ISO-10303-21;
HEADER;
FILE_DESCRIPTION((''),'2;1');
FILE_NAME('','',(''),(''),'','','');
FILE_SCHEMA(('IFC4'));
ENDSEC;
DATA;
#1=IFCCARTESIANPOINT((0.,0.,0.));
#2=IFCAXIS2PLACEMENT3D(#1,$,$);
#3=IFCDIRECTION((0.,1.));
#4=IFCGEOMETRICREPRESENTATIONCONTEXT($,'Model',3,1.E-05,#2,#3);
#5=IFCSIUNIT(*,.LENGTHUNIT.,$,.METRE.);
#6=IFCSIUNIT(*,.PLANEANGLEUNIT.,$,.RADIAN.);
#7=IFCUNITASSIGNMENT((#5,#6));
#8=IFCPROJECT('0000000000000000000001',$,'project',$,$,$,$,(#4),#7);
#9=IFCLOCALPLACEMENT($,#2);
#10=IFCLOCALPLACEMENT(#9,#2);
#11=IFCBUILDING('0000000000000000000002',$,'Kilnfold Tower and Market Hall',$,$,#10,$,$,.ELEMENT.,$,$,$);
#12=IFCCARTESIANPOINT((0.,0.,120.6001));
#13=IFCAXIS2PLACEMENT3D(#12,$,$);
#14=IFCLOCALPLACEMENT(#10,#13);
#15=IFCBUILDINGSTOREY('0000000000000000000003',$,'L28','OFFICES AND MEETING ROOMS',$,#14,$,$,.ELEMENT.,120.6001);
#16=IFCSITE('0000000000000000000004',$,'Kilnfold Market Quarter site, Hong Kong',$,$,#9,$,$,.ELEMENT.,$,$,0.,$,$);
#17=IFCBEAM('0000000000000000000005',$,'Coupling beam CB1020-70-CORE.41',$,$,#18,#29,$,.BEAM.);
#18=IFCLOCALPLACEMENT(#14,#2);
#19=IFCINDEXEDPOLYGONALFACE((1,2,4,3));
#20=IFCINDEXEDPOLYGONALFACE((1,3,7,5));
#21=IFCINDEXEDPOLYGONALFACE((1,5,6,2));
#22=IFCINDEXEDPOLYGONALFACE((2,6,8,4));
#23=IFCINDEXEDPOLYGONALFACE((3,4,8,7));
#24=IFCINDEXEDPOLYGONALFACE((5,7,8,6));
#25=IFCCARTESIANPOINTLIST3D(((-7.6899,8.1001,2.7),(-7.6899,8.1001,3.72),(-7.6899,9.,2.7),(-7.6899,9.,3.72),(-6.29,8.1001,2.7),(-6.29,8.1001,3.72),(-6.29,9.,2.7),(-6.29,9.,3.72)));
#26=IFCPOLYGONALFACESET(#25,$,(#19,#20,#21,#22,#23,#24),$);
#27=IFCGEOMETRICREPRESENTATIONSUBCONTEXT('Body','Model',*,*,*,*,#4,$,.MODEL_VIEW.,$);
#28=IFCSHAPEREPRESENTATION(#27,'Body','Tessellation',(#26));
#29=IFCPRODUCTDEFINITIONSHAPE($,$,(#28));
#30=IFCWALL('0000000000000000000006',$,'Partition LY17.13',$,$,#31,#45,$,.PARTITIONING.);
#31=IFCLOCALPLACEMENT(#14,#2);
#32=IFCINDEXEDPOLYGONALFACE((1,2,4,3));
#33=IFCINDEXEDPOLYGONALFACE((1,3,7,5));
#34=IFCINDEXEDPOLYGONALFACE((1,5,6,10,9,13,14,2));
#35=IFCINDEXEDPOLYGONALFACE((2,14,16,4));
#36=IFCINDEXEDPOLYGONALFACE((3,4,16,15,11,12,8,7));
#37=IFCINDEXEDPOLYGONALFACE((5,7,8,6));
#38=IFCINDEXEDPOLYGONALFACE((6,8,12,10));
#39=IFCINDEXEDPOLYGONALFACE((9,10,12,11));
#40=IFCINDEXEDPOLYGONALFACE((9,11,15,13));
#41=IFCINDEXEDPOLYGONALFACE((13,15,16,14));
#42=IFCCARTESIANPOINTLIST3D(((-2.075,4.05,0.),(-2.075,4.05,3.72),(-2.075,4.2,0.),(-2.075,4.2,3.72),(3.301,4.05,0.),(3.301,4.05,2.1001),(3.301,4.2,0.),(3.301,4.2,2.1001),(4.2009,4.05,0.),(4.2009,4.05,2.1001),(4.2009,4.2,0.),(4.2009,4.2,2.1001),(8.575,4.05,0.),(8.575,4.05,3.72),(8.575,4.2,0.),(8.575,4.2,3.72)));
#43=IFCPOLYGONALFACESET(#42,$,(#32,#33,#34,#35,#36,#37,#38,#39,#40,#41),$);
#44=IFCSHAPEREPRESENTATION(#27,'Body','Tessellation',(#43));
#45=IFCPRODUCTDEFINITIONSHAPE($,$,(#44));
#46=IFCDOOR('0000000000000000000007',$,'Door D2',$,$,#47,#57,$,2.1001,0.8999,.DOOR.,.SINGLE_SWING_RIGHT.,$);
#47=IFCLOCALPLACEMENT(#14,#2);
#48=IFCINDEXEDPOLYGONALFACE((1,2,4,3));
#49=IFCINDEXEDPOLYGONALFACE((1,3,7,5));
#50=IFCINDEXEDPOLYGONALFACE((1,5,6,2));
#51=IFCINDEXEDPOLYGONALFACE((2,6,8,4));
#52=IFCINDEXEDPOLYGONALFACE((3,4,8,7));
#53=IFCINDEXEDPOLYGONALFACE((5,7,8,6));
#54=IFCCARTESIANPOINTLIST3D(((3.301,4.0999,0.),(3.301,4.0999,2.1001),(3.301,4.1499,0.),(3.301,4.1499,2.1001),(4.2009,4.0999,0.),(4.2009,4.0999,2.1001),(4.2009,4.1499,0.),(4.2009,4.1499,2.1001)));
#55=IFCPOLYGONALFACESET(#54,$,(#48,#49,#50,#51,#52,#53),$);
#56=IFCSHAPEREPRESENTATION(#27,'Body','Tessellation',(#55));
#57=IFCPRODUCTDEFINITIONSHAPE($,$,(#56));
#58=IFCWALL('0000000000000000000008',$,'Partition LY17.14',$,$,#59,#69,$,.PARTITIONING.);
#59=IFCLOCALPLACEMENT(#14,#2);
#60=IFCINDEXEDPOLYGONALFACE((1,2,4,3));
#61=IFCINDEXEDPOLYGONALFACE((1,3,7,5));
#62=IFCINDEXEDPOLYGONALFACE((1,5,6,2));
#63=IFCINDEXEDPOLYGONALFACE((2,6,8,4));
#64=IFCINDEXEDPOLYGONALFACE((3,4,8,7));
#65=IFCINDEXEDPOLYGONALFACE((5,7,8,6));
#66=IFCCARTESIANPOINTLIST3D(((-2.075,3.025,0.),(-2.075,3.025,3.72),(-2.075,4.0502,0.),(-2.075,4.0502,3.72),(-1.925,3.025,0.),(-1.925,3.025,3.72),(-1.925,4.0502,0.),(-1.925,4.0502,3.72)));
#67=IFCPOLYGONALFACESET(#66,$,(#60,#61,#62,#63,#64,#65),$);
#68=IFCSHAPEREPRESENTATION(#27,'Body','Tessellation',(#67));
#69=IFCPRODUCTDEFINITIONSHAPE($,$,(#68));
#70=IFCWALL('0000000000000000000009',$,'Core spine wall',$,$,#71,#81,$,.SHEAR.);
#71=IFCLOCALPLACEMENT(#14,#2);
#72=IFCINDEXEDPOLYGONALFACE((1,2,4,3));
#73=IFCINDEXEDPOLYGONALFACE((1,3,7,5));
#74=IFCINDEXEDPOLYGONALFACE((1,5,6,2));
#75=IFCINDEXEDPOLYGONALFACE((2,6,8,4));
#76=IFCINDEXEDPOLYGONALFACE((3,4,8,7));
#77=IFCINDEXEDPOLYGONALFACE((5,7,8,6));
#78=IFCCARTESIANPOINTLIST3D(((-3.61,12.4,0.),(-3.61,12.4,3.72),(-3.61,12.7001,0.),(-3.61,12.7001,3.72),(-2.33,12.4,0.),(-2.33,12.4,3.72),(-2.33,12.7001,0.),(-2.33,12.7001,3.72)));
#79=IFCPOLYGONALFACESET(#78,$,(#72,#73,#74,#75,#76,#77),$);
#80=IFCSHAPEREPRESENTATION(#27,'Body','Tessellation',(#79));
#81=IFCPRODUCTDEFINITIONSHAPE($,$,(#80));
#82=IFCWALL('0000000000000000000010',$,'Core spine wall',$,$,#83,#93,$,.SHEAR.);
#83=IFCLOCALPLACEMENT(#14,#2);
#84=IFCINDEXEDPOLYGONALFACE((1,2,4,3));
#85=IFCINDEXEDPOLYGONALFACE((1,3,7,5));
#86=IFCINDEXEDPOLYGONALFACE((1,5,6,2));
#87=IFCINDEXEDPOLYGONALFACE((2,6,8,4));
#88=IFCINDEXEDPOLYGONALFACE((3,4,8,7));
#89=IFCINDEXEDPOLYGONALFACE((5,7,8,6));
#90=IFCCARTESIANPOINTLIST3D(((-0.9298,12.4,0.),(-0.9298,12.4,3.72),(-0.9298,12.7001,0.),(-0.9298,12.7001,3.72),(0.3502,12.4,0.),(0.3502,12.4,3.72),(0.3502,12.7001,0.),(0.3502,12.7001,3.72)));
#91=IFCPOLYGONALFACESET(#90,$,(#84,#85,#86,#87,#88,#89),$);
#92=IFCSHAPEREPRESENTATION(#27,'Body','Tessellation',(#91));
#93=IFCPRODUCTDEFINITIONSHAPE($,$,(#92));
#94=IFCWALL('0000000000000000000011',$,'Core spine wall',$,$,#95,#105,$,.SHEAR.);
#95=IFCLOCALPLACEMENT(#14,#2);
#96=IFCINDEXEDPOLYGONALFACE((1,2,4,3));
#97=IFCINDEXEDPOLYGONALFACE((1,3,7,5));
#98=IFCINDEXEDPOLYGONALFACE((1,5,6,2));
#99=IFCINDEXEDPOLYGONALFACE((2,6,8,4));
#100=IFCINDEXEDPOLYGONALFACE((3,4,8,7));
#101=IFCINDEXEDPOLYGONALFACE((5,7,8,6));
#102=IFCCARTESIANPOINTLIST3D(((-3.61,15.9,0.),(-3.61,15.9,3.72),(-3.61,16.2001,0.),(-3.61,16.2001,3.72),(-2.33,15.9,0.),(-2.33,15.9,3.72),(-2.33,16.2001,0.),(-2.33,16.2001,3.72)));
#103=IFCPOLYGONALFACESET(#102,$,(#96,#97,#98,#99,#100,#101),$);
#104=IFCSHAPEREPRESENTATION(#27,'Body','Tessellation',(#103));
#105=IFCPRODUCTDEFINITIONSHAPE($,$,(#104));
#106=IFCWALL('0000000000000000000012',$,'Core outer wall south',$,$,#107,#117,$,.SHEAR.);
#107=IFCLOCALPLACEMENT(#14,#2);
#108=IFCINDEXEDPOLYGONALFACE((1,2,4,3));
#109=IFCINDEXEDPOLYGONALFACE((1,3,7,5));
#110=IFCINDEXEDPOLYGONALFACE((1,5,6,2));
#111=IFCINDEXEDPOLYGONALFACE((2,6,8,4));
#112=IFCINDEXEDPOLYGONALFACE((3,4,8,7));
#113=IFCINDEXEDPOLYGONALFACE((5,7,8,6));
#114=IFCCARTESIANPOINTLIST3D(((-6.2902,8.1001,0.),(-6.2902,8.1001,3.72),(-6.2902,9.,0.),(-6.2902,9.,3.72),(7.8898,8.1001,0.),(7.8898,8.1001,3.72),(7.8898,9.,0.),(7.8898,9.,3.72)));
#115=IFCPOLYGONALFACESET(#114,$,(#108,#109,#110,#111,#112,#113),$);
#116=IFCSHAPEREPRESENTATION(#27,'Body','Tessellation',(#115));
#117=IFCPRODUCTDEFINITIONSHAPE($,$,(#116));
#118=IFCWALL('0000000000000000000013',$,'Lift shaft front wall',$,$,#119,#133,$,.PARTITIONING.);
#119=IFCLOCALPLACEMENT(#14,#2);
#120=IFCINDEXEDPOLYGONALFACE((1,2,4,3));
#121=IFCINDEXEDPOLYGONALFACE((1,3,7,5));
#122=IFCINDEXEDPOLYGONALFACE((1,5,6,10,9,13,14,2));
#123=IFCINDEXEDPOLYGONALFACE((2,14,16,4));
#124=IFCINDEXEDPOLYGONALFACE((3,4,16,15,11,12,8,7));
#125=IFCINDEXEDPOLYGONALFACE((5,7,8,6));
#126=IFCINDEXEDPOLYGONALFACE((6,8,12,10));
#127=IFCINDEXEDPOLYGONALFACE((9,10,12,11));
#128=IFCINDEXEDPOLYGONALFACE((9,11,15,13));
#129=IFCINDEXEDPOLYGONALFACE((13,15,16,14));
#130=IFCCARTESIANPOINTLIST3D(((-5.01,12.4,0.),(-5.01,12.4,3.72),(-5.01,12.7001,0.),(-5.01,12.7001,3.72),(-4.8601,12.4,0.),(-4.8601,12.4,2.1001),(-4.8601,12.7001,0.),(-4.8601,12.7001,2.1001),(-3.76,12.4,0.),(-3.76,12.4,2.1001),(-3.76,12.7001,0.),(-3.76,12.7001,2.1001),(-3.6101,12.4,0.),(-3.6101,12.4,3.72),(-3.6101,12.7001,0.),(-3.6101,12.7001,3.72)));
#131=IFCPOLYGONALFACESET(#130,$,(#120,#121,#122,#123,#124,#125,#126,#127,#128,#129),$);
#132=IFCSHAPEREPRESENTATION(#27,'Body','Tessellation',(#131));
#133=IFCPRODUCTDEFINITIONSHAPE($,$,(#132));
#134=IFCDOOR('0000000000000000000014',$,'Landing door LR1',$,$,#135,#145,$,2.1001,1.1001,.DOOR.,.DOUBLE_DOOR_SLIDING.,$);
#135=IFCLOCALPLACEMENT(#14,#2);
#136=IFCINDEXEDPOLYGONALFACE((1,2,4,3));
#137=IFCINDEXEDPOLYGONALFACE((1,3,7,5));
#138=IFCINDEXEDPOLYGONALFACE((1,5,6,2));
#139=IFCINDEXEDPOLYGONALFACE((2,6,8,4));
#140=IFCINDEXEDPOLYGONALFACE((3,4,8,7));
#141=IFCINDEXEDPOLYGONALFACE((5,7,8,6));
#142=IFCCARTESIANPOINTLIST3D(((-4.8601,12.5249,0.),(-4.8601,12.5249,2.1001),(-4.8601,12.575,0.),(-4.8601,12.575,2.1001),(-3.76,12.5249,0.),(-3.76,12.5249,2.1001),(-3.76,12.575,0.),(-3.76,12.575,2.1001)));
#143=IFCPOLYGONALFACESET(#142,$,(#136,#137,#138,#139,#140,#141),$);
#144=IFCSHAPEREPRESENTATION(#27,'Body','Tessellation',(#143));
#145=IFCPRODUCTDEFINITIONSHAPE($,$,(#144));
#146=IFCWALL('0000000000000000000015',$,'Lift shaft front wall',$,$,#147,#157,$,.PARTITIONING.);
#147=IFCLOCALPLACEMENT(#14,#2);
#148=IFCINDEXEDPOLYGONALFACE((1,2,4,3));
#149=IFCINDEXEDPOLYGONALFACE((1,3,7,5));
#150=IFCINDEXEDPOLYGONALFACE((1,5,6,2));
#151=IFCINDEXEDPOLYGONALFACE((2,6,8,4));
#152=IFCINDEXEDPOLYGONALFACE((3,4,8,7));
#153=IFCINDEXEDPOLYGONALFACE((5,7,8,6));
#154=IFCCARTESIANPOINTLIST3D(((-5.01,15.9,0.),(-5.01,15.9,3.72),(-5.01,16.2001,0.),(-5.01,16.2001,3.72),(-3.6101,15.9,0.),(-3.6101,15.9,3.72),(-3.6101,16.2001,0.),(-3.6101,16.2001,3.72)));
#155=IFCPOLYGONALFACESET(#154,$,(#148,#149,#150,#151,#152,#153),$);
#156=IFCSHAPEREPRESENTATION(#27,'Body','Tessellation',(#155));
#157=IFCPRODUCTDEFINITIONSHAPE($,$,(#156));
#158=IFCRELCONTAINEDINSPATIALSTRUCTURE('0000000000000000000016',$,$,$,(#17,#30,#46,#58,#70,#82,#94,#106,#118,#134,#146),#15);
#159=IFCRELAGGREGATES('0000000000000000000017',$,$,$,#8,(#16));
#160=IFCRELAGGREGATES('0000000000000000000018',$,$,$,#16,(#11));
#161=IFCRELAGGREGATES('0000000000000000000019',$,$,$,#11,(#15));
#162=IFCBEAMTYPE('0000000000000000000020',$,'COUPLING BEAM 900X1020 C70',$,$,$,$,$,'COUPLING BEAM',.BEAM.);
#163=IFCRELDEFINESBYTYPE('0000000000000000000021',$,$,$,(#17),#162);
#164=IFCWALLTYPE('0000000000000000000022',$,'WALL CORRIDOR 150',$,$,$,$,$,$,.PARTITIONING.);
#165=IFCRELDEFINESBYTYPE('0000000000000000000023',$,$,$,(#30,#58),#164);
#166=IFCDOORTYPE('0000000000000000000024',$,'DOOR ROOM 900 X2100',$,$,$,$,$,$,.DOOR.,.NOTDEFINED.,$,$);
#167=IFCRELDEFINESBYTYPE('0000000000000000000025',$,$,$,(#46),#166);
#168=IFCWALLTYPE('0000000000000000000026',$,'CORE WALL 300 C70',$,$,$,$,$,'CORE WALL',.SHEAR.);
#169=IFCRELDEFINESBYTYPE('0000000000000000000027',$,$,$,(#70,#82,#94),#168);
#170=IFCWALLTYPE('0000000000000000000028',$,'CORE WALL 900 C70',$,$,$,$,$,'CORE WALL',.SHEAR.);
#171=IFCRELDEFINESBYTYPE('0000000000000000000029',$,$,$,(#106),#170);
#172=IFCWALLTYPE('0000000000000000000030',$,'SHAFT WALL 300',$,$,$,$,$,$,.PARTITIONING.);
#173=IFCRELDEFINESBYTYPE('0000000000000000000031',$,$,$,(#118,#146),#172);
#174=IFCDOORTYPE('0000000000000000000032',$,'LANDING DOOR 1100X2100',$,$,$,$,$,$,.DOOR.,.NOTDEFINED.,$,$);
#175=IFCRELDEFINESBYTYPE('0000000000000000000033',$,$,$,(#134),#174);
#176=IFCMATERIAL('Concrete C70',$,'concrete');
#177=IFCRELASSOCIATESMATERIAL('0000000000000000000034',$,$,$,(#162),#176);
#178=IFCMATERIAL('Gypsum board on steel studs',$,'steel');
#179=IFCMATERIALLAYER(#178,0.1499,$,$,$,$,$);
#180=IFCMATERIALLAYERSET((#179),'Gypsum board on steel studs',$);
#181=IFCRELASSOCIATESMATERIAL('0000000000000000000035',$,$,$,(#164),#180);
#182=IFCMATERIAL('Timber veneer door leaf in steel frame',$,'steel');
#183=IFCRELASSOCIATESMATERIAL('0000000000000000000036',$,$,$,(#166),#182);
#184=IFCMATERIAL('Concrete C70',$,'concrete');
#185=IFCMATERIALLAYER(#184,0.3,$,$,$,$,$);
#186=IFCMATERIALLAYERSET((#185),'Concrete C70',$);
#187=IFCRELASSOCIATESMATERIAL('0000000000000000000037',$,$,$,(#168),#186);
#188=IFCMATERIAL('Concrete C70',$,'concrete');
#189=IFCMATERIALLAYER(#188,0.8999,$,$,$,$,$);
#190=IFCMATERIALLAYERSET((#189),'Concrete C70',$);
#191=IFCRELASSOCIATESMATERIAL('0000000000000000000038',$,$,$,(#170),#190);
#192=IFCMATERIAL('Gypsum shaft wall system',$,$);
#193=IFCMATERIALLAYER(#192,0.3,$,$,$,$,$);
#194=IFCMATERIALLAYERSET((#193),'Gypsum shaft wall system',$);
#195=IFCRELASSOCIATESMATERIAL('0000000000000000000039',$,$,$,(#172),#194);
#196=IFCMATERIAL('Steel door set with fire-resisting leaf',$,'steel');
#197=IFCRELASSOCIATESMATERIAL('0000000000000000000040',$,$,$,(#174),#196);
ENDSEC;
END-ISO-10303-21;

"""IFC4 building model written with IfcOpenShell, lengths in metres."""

from ifc_helpers import new_model, si_unit, direction, frame, frame_2d, origin, origin_2d, place, context, subcontext, project, spatial, rectangle, extrude, source, transform, mapped, material, layer, layer_set, material_profile, profile_set, type_object, element, fill, save


model = new_model("IFC4")

# Units and contexts
model_context = context("Model", 3, precision=1e-05, world=origin(), true_north=direction((0.0, 1.0)))
body_context = subcontext(model_context, "Body", "Model", "MODEL_VIEW")
ifc_project = project(units=[si_unit("LENGTHUNIT", "METRE"), si_unit("PLANEANGLEUNIT", "RADIAN")], contexts=[model_context])

# Site, building, storey
site_placement = place(None, origin())
site = spatial("IfcSite", under=ifc_project, at=site_placement, Name="Kilnfold Market Quarter site, Hong Kong", CompositionType="ELEMENT", RefElevation=0.0)
building_placement = place(site_placement, origin())
building = spatial("IfcBuilding", under=site, at=building_placement, Name="Kilnfold Tower and Market Hall", CompositionType="ELEMENT")
storey_placement = place(building_placement, frame((0.0, 0.0, 120.6001)))
storey = spatial("IfcBuildingStorey", under=building, at=storey_placement, Name="L28", Description="OFFICES AND MEETING ROOMS", CompositionType="ELEMENT", Elevation=120.6001)

# Beam
ifc_material_1 = material(Name="Concrete C70", Category="concrete")
ifc_material_profile = material_profile(ifc_material_1, rectangle(XDim=0.8999, YDim=1.02, at=origin_2d()), Name="RC 900x1020")
ifc_profile_set = profile_set([ifc_material_profile], Name="Concrete C70")
beam_type = type_object("IfcBeamType", Name="COUPLING BEAM 900X1020 C70", ElementType="COUPLING BEAM", PredefinedType="BEAM", material=ifc_profile_set)
shared_shape_1 = source(origin(), body_context, "Body", "SweptSolid", [
    extrude(rectangle(XDim=0.8999, YDim=1.02, at=origin_2d()), origin(), (0.0, 0.0, 1.0), 1.3999),
])
beam_placement = place(storey_placement, frame((-7.6899, 8.55, 3.21), z_axis=(1.0, 0.0, 0.0), x_axis=(0.0, 1.0, 0.0)))
element("IfcBeam", 1, at=beam_placement, inside=storey, type_object=beam_type, Name="Coupling beam CB1020-70-CORE.41", PredefinedType="BEAM", context=body_context, shape_type="MappedRepresentation", body=[
    mapped(shared_shape_1, transform((0.0, 0.0, 0.0))),
])

# Wall, opening, door
ifc_material_2 = material(Name="Gypsum board on steel studs", Category="steel")
ifc_layer_1 = layer(ifc_material_2, 0.1499)
ifc_layer_set_1 = layer_set([ifc_layer_1], Name="Gypsum board on steel studs")
wall_type_1 = type_object("IfcWallType", Name="WALL CORRIDOR 150", PredefinedType="PARTITIONING", material=ifc_layer_set_1)
wall_1_placement = place(storey_placement, frame((-2.075, 4.125, 0.0), z_axis=(0.0, 0.0, 1.0), x_axis=(1.0, 0.0, 0.0)))
wall_1 = element("IfcWall", 2, at=wall_1_placement, inside=storey, type_object=wall_type_1, Name="Partition LY17.13", PredefinedType="PARTITIONING", context=body_context, shape_type="SweptSolid", body=[
    extrude(rectangle(XDim=10.6499, YDim=0.1499, at=frame_2d((5.325, 0.0))), origin(), (0.0, 0.0, 1.0), 3.72),
])
opening_1_placement = place(wall_1_placement, frame((5.376, 0.0, 0.0)))
opening_1 = element("IfcOpeningElement", 3, at=opening_1_placement, cuts=wall_1, PredefinedType="OPENING", context=body_context, shape_type="SweptSolid", body=[
    extrude(rectangle(XDim=0.8999, YDim=2.1001, at=frame_2d((0.45, 1.05))), frame((0.0, 0.085, 0.0), z_axis=(0.0, -1.0, 0.0), x_axis=(1.0, 0.0, 0.0)), (0.0, 0.0, 1.0), 0.1699),
])
ifc_material_3 = material(Name="Timber veneer door leaf in steel frame", Category="steel")
door_type_1 = type_object("IfcDoorType", Name="DOOR ROOM 900 X2100", OperationType="NOTDEFINED", PredefinedType="DOOR", material=ifc_material_3)
door_1_placement = place(opening_1_placement, origin())
door_1 = element("IfcDoor", 4, at=door_1_placement, inside=storey, type_object=door_type_1, Name="Door D2", OperationType="SINGLE_SWING_RIGHT", OverallHeight=2.1001, OverallWidth=0.8999, PredefinedType="DOOR", context=body_context, shape_type="SweptSolid", body=[
    extrude(rectangle(XDim=0.8999, YDim=2.1001, at=frame_2d((0.45, 1.05))), frame((0.0, 0.0249, 0.0), z_axis=(0.0, -1.0, 0.0), x_axis=(1.0, 0.0, 0.0)), (0.0, 0.0, 1.0), 0.05),
])
fill(opening_1, door_1)

# Walls
wall_2_placement = place(storey_placement, frame((-2.0, 3.0249, 0.0), z_axis=(0.0, 0.0, 1.0), x_axis=(0.0, 1.0, 0.0)))
element("IfcWall", 5, at=wall_2_placement, inside=storey, type_object=wall_type_1, Name="Partition LY17.14", PredefinedType="PARTITIONING", context=body_context, shape_type="SweptSolid", body=[
    extrude(rectangle(XDim=1.0251, YDim=0.1499, at=frame_2d((0.5127, 0.0))), origin(), (0.0, 0.0, 1.0), 3.72),
])
ifc_material_4 = material(Name="Concrete C70", Category="concrete")
ifc_layer_2 = layer(ifc_material_4, 0.3)
ifc_layer_set_2 = layer_set([ifc_layer_2], Name="Concrete C70")
wall_type_2 = type_object("IfcWallType", Name="CORE WALL 300 C70", ElementType="CORE WALL", PredefinedType="SHEAR", material=ifc_layer_set_2)
shared_shape_2 = source(origin(), body_context, "Body", "SweptSolid", [
    extrude(rectangle(XDim=1.28, YDim=0.3, at=frame_2d((0.6401, 0.0))), origin(), (0.0, 0.0, 1.0), 3.72),
])
for number, where, z_axis, x_axis, name in (
    (6, (-3.6101, 12.55, 0.0), (0.0, 0.0, 1.0), (1.0, 0.0, 0.0), "Core spine wall"),
    (7, (-0.9299, 12.55, 0.0), (0.0, 0.0, 1.0), (1.0, 0.0, 0.0), "Core spine wall"),
    (8, (-3.6101, 16.05, 0.0), (0.0, 0.0, 1.0), (1.0, 0.0, 0.0), "Core spine wall"),
):
    element("IfcWall", number, at=place(storey_placement, frame(where, z_axis=z_axis, x_axis=x_axis)), inside=storey, type_object=wall_type_2, Name=name, PredefinedType="SHEAR", context=body_context, shape_type="MappedRepresentation", body=[
        mapped(shared_shape_2, transform((0.0, 0.0, 0.0))),
    ])
ifc_material_5 = material(Name="Concrete C70", Category="concrete")
ifc_layer_3 = layer(ifc_material_5, 0.8999)
ifc_layer_set_3 = layer_set([ifc_layer_3], Name="Concrete C70")
wall_type_3 = type_object("IfcWallType", Name="CORE WALL 900 C70", ElementType="CORE WALL", PredefinedType="SHEAR", material=ifc_layer_set_3)
shared_shape_3 = source(origin(), body_context, "Body", "SweptSolid", [
    extrude(rectangle(XDim=14.1799, YDim=0.8999, at=frame_2d((7.0898, 0.0))), origin(), (0.0, 0.0, 1.0), 3.72),
])
wall_3_placement = place(storey_placement, frame((-6.29, 8.55, 0.0), z_axis=(0.0, 0.0, 1.0), x_axis=(1.0, 0.0, 0.0)))
element("IfcWall", 9, at=wall_3_placement, inside=storey, type_object=wall_type_3, Name="Core outer wall south", PredefinedType="SHEAR", context=body_context, shape_type="MappedRepresentation", body=[
    mapped(shared_shape_3, transform((0.0, 0.0, 0.0))),
])

# Wall, opening, door
ifc_material_6 = material(Name="Gypsum shaft wall system")
ifc_layer_4 = layer(ifc_material_6, 0.3)
ifc_layer_set_4 = layer_set([ifc_layer_4], Name="Gypsum shaft wall system")
wall_type_4 = type_object("IfcWallType", Name="SHAFT WALL 300", PredefinedType="PARTITIONING", material=ifc_layer_set_4)
shared_shape_4 = source(origin(), body_context, "Body", "SweptSolid", [
    extrude(rectangle(XDim=1.3999, YDim=0.3, at=frame_2d((0.7, 0.0))), origin(), (0.0, 0.0, 1.0), 3.72),
])
wall_4_placement = place(storey_placement, frame((-5.01, 12.55, 0.0), z_axis=(0.0, 0.0, 1.0), x_axis=(1.0, 0.0, 0.0)))
wall_4 = element("IfcWall", 10, at=wall_4_placement, inside=storey, type_object=wall_type_4, Name="Lift shaft front wall", PredefinedType="PARTITIONING", context=body_context, shape_type="MappedRepresentation", body=[
    mapped(shared_shape_4, transform((0.0, 0.0, 0.0))),
])
opening_2_placement = place(wall_4_placement, frame((0.1499, 0.0, 0.0)))
opening_2 = element("IfcOpeningElement", 11, at=opening_2_placement, cuts=wall_4, PredefinedType="OPENING", context=body_context, shape_type="SweptSolid", body=[
    extrude(rectangle(XDim=1.1001, YDim=2.1001, at=frame_2d((0.55, 1.05))), frame((0.0, 0.1602, 0.0), z_axis=(0.0, -1.0, 0.0), x_axis=(1.0, 0.0, 0.0)), (0.0, 0.0, 1.0), 0.3201),
])
ifc_material_7 = material(Name="Steel door set with fire-resisting leaf", Category="steel")
door_type_2 = type_object("IfcDoorType", Name="LANDING DOOR 1100X2100", OperationType="NOTDEFINED", PredefinedType="DOOR", material=ifc_material_7)
door_2_placement = place(opening_2_placement, origin())
door_2 = element("IfcDoor", 12, at=door_2_placement, inside=storey, type_object=door_type_2, Name="Landing door LR1", OperationType="DOUBLE_DOOR_SLIDING", OverallHeight=2.1001, OverallWidth=1.1001, PredefinedType="DOOR", context=body_context, shape_type="SweptSolid", body=[
    extrude(rectangle(XDim=1.1001, YDim=2.1001, at=frame_2d((0.55, 1.05))), frame((0.0, 0.0249, 0.0), z_axis=(0.0, -1.0, 0.0), x_axis=(1.0, 0.0, 0.0)), (0.0, 0.0, 1.0), 0.05),
])
fill(opening_2, door_2)

# Wall
wall_5_placement = place(storey_placement, frame((-5.01, 16.05, 0.0), z_axis=(0.0, 0.0, 1.0), x_axis=(1.0, 0.0, 0.0)))
element("IfcWall", 13, at=wall_5_placement, inside=storey, type_object=wall_type_4, Name="Lift shaft front wall", PredefinedType="PARTITIONING", context=body_context, shape_type="MappedRepresentation", body=[
    mapped(shared_shape_4, transform((0.0, 0.0, 0.0))),
])

save(model, "model.ifc")
